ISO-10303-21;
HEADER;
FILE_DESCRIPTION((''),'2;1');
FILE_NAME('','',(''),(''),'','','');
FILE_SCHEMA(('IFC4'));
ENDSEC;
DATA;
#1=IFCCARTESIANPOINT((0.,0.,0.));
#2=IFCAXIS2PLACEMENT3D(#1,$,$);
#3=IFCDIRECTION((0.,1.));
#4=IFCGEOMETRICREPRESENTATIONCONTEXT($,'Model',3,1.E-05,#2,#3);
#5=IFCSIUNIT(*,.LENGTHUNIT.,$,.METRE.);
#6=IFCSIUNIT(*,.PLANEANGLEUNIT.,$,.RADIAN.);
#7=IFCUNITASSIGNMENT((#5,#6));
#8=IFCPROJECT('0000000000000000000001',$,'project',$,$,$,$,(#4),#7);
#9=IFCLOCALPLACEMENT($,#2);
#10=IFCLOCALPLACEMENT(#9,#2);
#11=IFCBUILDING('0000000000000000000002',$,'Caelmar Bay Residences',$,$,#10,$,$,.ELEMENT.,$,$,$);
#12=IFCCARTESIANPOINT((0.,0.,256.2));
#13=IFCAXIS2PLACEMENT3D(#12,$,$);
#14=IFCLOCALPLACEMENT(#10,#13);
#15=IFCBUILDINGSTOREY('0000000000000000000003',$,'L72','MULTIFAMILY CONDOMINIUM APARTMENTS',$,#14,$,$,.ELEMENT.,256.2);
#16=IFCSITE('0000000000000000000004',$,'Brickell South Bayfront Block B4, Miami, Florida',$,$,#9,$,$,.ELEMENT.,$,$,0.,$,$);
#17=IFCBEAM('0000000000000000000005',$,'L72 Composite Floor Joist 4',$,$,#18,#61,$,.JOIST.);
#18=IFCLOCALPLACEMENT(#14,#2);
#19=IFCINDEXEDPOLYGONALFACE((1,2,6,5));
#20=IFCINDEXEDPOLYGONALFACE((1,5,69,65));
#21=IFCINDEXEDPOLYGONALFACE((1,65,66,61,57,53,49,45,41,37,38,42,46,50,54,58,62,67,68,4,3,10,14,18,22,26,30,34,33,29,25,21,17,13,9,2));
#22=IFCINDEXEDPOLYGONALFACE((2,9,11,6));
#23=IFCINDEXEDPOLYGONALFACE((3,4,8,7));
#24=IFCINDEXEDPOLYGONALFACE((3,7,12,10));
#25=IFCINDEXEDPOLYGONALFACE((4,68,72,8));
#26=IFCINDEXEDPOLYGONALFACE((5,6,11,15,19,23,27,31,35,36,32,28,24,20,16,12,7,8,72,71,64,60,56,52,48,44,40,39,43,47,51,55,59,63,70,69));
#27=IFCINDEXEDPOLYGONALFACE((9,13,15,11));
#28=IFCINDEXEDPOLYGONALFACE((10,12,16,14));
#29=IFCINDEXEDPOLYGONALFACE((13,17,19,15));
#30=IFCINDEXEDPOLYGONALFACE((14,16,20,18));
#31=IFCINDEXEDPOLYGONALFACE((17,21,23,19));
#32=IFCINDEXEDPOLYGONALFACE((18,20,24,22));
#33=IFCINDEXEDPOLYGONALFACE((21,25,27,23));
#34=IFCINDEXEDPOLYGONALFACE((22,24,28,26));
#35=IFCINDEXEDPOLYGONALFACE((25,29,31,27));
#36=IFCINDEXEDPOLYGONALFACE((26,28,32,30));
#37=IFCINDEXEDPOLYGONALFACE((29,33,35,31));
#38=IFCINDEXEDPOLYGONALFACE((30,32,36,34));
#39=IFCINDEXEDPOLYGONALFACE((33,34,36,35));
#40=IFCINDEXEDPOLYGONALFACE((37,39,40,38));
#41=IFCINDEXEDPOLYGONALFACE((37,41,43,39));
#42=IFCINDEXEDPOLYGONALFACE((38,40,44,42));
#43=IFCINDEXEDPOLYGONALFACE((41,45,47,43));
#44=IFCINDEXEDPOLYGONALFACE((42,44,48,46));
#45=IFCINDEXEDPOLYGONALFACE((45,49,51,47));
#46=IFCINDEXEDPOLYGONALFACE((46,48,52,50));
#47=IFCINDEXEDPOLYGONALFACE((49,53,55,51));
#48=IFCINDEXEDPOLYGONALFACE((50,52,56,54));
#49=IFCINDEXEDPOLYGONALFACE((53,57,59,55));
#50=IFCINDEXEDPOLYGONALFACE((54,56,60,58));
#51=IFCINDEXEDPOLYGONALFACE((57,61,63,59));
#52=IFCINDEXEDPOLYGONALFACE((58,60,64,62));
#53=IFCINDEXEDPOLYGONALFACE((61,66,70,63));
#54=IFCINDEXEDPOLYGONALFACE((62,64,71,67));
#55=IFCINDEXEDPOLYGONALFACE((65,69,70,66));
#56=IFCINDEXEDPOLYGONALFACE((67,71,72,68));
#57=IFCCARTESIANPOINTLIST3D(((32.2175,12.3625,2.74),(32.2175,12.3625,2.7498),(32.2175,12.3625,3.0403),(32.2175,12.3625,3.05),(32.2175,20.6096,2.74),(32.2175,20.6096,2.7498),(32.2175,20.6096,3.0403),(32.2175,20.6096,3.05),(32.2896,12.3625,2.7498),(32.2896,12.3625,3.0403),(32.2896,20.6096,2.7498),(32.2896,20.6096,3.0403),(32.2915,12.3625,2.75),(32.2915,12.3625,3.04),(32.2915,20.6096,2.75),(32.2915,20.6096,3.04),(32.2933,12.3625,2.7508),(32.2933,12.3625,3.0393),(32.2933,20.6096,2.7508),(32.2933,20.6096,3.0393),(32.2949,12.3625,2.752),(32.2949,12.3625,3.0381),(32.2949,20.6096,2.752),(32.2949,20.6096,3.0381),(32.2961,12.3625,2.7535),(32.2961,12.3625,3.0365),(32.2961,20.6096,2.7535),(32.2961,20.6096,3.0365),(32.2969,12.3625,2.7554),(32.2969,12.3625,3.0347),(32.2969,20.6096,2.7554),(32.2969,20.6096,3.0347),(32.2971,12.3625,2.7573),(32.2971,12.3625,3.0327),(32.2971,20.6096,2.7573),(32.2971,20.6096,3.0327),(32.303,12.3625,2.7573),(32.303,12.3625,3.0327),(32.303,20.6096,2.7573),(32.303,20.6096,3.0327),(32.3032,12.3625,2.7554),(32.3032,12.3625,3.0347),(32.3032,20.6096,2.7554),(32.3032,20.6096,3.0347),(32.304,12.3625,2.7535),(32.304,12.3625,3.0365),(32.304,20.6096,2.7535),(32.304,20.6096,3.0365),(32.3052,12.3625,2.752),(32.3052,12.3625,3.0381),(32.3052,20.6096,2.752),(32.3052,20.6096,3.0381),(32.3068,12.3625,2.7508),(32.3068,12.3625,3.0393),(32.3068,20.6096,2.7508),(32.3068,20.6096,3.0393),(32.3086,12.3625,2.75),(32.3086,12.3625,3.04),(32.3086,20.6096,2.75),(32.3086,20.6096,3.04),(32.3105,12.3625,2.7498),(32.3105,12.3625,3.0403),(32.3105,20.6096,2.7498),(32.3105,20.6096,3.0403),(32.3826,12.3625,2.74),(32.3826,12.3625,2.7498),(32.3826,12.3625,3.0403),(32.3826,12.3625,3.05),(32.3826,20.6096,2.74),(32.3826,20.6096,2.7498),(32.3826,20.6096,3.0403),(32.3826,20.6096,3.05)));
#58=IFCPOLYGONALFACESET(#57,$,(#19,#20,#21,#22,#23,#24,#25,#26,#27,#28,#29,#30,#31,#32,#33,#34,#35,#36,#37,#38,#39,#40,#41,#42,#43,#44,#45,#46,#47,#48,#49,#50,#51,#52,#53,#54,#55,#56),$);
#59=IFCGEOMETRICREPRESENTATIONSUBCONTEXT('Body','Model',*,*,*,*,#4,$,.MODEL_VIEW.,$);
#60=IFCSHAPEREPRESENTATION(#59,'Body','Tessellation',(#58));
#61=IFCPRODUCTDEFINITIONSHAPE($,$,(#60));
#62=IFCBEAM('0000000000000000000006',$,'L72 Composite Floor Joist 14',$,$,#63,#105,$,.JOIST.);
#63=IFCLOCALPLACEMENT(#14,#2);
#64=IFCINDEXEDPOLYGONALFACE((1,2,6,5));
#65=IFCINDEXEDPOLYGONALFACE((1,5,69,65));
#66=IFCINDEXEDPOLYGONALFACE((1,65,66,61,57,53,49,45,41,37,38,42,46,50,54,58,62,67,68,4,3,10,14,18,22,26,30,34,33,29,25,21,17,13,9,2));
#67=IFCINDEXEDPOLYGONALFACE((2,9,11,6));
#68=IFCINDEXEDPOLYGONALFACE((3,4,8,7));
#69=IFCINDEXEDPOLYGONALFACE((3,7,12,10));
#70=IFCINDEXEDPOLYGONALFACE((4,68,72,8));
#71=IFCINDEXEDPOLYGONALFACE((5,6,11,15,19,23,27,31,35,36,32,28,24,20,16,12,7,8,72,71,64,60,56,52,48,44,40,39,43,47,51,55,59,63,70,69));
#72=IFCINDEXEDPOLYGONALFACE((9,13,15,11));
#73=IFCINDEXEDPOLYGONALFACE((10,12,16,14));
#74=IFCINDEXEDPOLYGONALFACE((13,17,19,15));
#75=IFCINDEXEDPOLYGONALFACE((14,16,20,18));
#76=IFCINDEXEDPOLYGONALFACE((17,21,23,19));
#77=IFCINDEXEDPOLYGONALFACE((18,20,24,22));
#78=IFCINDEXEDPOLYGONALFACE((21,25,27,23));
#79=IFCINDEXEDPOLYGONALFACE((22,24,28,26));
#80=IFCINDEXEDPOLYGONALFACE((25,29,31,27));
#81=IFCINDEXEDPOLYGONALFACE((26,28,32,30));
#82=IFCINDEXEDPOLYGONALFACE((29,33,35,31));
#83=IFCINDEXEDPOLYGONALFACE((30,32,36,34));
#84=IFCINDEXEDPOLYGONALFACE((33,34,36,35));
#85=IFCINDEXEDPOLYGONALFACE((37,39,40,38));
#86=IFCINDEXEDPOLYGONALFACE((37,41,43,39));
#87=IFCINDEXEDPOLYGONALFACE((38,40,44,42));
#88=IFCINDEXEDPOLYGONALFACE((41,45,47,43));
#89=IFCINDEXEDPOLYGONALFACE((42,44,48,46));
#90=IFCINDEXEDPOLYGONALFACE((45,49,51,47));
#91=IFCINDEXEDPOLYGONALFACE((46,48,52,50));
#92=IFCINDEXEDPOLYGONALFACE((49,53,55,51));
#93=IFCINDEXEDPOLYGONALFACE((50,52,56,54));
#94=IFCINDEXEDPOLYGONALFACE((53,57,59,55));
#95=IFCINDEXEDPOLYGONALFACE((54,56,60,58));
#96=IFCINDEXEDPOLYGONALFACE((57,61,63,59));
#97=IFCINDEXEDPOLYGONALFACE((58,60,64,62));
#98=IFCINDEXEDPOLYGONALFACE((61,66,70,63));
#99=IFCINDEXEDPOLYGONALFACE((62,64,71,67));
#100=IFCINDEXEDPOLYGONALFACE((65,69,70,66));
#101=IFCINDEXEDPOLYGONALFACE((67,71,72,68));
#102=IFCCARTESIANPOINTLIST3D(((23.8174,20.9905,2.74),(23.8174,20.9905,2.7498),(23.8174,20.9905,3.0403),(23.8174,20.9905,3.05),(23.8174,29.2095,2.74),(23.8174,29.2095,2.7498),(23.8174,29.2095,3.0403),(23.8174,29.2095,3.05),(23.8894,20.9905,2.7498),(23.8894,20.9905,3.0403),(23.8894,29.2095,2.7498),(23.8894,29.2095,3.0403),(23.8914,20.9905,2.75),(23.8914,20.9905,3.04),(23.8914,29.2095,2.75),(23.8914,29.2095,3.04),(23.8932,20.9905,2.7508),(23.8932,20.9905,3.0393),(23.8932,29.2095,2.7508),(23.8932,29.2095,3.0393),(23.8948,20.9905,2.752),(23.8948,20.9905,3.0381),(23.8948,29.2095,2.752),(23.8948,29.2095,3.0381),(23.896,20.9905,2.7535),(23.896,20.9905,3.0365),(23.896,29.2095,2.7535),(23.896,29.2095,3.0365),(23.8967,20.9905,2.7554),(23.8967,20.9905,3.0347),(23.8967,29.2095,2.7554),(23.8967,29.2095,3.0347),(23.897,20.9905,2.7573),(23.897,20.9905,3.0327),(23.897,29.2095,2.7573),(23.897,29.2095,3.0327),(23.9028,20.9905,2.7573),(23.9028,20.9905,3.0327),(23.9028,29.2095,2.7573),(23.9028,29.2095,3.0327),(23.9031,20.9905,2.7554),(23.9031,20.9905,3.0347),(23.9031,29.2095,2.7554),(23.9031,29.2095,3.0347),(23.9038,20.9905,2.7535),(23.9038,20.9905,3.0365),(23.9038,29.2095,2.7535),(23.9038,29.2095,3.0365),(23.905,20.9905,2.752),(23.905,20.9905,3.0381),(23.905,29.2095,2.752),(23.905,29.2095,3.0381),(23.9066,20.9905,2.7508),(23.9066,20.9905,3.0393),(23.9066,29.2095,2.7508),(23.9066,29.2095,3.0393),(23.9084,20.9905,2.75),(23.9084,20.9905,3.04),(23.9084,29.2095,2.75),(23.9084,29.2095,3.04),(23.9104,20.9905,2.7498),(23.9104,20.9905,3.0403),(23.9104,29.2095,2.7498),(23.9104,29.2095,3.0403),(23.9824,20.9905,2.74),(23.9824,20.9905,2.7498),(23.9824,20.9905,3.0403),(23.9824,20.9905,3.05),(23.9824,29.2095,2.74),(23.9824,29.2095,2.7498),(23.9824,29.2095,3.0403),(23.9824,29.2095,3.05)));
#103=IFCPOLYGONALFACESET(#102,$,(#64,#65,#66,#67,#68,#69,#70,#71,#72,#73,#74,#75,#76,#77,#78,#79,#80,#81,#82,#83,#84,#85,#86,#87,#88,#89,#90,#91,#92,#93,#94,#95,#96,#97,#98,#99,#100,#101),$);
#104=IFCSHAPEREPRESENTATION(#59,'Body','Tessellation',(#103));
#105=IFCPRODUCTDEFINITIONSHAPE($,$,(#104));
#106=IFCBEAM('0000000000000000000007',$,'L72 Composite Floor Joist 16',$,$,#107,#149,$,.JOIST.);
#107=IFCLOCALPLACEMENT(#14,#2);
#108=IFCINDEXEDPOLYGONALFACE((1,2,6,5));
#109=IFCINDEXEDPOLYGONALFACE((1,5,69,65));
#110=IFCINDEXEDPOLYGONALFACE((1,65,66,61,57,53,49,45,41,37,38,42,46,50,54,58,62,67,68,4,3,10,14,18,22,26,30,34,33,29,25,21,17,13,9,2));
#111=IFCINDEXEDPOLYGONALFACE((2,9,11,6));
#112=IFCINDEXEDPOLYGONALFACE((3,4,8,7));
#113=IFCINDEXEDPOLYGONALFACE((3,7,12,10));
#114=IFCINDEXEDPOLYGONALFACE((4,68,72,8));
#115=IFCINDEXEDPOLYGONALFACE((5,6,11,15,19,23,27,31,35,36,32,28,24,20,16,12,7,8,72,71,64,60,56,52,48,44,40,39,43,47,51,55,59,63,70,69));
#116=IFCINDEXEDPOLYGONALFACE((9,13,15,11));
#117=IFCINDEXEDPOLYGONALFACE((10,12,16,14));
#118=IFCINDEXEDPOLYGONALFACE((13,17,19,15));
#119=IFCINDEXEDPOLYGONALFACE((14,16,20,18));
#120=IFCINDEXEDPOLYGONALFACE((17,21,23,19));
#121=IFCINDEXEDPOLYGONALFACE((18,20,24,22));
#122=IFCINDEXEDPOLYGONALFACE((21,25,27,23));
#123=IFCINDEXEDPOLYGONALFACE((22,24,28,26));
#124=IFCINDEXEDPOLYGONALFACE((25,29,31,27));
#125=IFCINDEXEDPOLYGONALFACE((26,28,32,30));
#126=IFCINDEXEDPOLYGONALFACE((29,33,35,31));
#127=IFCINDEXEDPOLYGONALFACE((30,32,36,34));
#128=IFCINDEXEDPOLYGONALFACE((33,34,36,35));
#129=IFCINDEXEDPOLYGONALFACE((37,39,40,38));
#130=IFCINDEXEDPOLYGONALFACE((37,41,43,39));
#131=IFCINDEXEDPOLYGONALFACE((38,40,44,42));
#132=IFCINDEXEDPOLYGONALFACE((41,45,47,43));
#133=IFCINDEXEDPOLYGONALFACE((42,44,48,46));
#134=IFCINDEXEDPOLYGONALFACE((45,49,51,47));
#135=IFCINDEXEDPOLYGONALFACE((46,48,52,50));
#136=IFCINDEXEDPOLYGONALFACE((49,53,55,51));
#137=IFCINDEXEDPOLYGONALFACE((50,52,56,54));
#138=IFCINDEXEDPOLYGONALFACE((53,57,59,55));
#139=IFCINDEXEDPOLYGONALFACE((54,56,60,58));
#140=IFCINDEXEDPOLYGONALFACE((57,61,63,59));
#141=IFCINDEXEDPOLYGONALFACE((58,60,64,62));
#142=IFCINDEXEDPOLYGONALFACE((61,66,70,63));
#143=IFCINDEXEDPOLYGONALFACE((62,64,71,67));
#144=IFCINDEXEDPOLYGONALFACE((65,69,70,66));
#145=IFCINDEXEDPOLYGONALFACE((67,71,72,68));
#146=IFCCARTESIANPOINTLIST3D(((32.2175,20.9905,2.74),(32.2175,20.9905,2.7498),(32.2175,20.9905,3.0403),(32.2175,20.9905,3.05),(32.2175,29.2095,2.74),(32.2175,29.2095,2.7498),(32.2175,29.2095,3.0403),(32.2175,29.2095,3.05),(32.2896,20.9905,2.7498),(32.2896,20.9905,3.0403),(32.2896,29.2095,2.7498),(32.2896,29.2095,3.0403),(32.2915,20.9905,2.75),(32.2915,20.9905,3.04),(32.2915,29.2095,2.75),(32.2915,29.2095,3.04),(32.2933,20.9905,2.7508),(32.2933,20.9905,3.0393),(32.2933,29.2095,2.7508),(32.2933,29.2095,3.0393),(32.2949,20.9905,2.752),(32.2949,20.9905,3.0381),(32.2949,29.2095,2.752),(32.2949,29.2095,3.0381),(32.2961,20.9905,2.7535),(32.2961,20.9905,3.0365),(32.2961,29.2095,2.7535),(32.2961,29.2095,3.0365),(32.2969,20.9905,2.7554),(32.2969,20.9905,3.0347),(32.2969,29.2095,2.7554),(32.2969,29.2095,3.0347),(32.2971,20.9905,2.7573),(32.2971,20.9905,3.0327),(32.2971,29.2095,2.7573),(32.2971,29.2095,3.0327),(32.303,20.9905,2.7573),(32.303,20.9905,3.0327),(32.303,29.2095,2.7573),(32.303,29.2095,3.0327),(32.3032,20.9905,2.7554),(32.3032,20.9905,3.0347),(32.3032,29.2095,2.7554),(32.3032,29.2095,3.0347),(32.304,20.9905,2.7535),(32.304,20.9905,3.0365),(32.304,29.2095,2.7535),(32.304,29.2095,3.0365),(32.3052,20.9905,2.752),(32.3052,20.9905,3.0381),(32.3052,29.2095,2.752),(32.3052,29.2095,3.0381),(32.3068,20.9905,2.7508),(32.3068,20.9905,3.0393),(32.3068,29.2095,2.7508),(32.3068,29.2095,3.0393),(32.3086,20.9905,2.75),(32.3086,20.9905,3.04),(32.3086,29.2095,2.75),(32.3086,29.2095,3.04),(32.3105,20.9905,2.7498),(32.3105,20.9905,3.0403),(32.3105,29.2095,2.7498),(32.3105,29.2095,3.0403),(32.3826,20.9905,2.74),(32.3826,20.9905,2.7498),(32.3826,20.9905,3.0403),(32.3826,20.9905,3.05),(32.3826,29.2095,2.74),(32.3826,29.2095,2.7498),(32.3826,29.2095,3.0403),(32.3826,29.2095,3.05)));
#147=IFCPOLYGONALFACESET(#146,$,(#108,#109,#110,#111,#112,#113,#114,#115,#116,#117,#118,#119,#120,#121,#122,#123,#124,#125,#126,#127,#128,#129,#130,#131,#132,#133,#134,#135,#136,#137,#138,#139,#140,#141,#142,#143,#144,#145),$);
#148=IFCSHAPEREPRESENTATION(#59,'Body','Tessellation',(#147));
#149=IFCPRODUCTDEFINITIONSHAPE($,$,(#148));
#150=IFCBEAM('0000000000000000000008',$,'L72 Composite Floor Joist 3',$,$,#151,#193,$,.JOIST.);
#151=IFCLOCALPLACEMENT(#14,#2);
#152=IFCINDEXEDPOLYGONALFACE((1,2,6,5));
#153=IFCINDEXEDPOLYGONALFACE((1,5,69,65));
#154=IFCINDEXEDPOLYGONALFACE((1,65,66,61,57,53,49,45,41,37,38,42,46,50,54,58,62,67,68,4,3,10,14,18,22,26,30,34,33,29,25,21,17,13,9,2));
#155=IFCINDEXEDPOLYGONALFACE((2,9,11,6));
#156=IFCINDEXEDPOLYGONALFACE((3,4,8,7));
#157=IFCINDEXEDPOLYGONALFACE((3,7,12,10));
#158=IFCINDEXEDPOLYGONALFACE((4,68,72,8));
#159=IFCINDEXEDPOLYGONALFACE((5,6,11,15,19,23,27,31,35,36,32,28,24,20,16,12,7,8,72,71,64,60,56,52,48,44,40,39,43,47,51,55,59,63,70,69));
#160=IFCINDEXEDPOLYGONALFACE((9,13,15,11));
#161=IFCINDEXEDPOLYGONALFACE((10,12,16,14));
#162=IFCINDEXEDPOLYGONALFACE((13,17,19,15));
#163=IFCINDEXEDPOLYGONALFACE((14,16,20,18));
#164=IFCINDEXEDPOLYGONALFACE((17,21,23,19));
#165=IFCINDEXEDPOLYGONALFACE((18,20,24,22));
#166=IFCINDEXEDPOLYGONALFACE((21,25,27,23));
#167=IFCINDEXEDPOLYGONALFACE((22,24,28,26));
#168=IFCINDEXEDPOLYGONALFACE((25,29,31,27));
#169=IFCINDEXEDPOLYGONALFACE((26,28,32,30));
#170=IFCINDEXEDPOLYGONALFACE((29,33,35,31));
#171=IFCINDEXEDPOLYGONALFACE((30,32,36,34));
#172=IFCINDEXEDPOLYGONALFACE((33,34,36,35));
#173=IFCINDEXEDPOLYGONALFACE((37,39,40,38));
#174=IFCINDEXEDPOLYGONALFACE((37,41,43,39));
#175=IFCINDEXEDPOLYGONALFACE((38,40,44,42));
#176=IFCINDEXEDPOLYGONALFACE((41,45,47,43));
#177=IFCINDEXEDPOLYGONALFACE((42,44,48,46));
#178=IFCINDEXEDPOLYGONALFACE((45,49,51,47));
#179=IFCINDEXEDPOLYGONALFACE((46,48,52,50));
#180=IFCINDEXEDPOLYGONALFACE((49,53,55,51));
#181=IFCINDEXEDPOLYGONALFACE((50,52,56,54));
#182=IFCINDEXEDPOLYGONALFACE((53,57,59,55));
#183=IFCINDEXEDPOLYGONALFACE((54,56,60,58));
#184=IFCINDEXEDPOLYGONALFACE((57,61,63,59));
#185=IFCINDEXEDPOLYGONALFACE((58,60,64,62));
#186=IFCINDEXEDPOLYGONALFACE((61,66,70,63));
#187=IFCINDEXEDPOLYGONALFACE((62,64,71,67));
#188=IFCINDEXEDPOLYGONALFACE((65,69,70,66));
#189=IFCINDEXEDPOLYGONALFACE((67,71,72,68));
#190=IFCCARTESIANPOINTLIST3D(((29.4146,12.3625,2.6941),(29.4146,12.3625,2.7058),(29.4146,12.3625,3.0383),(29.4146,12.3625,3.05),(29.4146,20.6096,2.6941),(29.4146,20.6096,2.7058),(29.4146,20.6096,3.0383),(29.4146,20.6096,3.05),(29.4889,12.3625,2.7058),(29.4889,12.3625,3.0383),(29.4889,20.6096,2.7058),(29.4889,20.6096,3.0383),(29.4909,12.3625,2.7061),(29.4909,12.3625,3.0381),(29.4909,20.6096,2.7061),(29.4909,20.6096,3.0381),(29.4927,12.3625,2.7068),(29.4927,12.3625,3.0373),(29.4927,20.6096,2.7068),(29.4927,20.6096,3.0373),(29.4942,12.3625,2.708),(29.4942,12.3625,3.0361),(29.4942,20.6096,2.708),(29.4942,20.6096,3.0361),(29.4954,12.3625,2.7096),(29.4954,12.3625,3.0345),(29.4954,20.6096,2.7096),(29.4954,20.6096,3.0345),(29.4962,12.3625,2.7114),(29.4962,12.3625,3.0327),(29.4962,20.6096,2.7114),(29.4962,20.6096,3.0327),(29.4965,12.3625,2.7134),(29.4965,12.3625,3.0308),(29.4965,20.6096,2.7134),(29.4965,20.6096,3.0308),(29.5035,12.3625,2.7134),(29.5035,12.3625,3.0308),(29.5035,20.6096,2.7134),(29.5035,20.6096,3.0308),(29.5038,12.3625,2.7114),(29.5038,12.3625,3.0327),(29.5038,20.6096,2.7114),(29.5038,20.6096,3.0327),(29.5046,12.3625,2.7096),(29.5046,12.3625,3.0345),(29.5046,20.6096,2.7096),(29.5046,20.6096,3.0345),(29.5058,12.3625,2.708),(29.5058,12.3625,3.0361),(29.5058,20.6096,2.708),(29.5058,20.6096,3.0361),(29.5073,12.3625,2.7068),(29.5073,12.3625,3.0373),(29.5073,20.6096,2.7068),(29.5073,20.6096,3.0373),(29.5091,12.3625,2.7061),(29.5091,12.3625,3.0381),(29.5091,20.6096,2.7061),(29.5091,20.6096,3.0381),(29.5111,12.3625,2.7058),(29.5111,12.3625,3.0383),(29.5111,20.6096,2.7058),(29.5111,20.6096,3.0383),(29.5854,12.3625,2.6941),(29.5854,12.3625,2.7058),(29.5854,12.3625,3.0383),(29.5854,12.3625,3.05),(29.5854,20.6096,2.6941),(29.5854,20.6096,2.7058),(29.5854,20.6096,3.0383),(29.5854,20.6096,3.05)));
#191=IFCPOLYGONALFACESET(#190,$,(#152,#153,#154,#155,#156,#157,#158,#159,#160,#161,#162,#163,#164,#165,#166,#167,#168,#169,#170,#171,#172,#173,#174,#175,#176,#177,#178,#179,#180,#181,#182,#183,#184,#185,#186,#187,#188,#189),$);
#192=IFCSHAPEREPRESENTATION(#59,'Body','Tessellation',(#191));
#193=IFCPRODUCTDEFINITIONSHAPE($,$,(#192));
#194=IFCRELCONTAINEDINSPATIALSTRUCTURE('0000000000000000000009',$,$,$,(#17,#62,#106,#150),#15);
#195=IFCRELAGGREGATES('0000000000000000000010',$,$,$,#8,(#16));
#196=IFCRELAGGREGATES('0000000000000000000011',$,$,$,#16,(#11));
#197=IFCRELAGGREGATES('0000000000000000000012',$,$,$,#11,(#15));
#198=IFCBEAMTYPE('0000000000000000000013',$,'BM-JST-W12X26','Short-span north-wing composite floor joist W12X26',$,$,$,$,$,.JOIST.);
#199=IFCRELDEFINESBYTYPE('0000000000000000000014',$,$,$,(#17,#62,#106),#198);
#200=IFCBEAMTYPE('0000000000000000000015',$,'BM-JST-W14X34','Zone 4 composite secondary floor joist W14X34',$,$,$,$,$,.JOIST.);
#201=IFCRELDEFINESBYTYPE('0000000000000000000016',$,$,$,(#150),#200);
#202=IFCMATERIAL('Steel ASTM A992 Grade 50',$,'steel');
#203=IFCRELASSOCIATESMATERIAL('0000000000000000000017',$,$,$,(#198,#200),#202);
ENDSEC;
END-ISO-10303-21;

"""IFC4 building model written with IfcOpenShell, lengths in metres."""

from ifc_helpers import new_model, si_unit, direction, frame, origin, origin_2d, place, context, subcontext, project, spatial, i_section, extrude, material, material_profile, profile_set, type_object, element, save


model = new_model("IFC4")

# Units and contexts
model_context = context("Model", 3, precision=1e-05, world=origin(), true_north=direction((0.0, 1.0)))
body_context = subcontext(model_context, "Body", "Model", "MODEL_VIEW")
ifc_project = project(units=[si_unit("LENGTHUNIT", "METRE"), si_unit("PLANEANGLEUNIT", "RADIAN")], contexts=[model_context])

# Site, building, storey
site_placement = place(None, origin())
site = spatial("IfcSite", under=ifc_project, at=site_placement, Name="Brickell South Bayfront Block B4, Miami, Florida", CompositionType="ELEMENT", RefElevation=0.0)
building_placement = place(site_placement, origin())
building = spatial("IfcBuilding", under=site, at=building_placement, Name="Caelmar Bay Residences", CompositionType="ELEMENT")
storey_placement = place(building_placement, frame((0.0, 0.0, 256.2)))
storey = spatial("IfcBuildingStorey", under=building, at=storey_placement, Name="L72", Description="MULTIFAMILY CONDOMINIUM APARTMENTS", CompositionType="ELEMENT", Elevation=256.2)

# Beams
ifc_material_1 = material(Name="Steel ASTM A992 Grade 50", Category="steel")
ifc_material_profile_1 = material_profile(ifc_material_1, i_section(OverallWidth=0.165, OverallDepth=0.3101, WebThickness=0.0059, FlangeThickness=0.0098, FilletRadius=0.0076, at=origin_2d()), Name="W12X26")
ifc_profile_set_1 = profile_set([ifc_material_profile_1], Name="Steel ASTM A992 Grade 50")
beam_type_1 = type_object("IfcBeamType", Name="BM-JST-W12X26", Description="Short-span north-wing composite floor joist W12X26", PredefinedType="JOIST", material=ifc_profile_set_1)
for number, where, z_axis, x_axis, name in (
    (1, (32.3, 12.3625, 2.895), (0.0, 1.0, 0.0), (-1.0, 0.0, 0.0), "L72 Composite Floor Joist 4"),
):
    element("IfcBeam", number, at=place(storey_placement, frame(where, z_axis=z_axis, x_axis=x_axis)), inside=storey, type_object=beam_type_1, Name=name, PredefinedType="JOIST", context=body_context, shape_type="SweptSolid", body=[
        extrude(i_section(OverallWidth=0.165, OverallDepth=0.3101, WebThickness=0.0059, FlangeThickness=0.0098, FilletRadius=0.0076, at=origin_2d()), origin(), (0.0, 0.0, 1.0), 8.2471),
    ])
for number, where, z_axis, x_axis, name in (
    (2, (23.8999, 20.9905, 2.895), (0.0, 1.0, 0.0), (-1.0, 0.0, 0.0), "L72 Composite Floor Joist 14"),
    (3, (32.3, 20.9905, 2.895), (0.0, 1.0, 0.0), (-1.0, 0.0, 0.0), "L72 Composite Floor Joist 16"),
):
    element("IfcBeam", number, at=place(storey_placement, frame(where, z_axis=z_axis, x_axis=x_axis)), inside=storey, type_object=beam_type_1, Name=name, PredefinedType="JOIST", context=body_context, shape_type="SweptSolid", body=[
        extrude(i_section(OverallWidth=0.165, OverallDepth=0.3101, WebThickness=0.0059, FlangeThickness=0.0098, FilletRadius=0.0076, at=origin_2d()), origin(), (0.0, 0.0, 1.0), 8.219),
    ])
ifc_material_profile_2 = material_profile(ifc_material_1, i_section(OverallWidth=0.1709, OverallDepth=0.356, WebThickness=0.0071, FlangeThickness=0.0117, FilletRadius=0.0076, at=origin_2d()), Name="W14X34")
ifc_profile_set_2 = profile_set([ifc_material_profile_2], Name="Steel ASTM A992 Grade 50")
beam_type_2 = type_object("IfcBeamType", Name="BM-JST-W14X34", Description="Zone 4 composite secondary floor joist W14X34", PredefinedType="JOIST", material=ifc_profile_set_2)
beam_1_placement = place(storey_placement, frame((29.5, 12.3625, 2.8721), z_axis=(0.0, 1.0, 0.0), x_axis=(-1.0, 0.0, 0.0)))
element("IfcBeam", 4, at=beam_1_placement, inside=storey, type_object=beam_type_2, Name="L72 Composite Floor Joist 3", PredefinedType="JOIST", context=body_context, shape_type="SweptSolid", body=[
    extrude(i_section(OverallWidth=0.1709, OverallDepth=0.356, WebThickness=0.0071, FlangeThickness=0.0117, FilletRadius=0.0076, at=origin_2d()), origin(), (0.0, 0.0, 1.0), 8.2471),
])

save(model, "model.ifc")
